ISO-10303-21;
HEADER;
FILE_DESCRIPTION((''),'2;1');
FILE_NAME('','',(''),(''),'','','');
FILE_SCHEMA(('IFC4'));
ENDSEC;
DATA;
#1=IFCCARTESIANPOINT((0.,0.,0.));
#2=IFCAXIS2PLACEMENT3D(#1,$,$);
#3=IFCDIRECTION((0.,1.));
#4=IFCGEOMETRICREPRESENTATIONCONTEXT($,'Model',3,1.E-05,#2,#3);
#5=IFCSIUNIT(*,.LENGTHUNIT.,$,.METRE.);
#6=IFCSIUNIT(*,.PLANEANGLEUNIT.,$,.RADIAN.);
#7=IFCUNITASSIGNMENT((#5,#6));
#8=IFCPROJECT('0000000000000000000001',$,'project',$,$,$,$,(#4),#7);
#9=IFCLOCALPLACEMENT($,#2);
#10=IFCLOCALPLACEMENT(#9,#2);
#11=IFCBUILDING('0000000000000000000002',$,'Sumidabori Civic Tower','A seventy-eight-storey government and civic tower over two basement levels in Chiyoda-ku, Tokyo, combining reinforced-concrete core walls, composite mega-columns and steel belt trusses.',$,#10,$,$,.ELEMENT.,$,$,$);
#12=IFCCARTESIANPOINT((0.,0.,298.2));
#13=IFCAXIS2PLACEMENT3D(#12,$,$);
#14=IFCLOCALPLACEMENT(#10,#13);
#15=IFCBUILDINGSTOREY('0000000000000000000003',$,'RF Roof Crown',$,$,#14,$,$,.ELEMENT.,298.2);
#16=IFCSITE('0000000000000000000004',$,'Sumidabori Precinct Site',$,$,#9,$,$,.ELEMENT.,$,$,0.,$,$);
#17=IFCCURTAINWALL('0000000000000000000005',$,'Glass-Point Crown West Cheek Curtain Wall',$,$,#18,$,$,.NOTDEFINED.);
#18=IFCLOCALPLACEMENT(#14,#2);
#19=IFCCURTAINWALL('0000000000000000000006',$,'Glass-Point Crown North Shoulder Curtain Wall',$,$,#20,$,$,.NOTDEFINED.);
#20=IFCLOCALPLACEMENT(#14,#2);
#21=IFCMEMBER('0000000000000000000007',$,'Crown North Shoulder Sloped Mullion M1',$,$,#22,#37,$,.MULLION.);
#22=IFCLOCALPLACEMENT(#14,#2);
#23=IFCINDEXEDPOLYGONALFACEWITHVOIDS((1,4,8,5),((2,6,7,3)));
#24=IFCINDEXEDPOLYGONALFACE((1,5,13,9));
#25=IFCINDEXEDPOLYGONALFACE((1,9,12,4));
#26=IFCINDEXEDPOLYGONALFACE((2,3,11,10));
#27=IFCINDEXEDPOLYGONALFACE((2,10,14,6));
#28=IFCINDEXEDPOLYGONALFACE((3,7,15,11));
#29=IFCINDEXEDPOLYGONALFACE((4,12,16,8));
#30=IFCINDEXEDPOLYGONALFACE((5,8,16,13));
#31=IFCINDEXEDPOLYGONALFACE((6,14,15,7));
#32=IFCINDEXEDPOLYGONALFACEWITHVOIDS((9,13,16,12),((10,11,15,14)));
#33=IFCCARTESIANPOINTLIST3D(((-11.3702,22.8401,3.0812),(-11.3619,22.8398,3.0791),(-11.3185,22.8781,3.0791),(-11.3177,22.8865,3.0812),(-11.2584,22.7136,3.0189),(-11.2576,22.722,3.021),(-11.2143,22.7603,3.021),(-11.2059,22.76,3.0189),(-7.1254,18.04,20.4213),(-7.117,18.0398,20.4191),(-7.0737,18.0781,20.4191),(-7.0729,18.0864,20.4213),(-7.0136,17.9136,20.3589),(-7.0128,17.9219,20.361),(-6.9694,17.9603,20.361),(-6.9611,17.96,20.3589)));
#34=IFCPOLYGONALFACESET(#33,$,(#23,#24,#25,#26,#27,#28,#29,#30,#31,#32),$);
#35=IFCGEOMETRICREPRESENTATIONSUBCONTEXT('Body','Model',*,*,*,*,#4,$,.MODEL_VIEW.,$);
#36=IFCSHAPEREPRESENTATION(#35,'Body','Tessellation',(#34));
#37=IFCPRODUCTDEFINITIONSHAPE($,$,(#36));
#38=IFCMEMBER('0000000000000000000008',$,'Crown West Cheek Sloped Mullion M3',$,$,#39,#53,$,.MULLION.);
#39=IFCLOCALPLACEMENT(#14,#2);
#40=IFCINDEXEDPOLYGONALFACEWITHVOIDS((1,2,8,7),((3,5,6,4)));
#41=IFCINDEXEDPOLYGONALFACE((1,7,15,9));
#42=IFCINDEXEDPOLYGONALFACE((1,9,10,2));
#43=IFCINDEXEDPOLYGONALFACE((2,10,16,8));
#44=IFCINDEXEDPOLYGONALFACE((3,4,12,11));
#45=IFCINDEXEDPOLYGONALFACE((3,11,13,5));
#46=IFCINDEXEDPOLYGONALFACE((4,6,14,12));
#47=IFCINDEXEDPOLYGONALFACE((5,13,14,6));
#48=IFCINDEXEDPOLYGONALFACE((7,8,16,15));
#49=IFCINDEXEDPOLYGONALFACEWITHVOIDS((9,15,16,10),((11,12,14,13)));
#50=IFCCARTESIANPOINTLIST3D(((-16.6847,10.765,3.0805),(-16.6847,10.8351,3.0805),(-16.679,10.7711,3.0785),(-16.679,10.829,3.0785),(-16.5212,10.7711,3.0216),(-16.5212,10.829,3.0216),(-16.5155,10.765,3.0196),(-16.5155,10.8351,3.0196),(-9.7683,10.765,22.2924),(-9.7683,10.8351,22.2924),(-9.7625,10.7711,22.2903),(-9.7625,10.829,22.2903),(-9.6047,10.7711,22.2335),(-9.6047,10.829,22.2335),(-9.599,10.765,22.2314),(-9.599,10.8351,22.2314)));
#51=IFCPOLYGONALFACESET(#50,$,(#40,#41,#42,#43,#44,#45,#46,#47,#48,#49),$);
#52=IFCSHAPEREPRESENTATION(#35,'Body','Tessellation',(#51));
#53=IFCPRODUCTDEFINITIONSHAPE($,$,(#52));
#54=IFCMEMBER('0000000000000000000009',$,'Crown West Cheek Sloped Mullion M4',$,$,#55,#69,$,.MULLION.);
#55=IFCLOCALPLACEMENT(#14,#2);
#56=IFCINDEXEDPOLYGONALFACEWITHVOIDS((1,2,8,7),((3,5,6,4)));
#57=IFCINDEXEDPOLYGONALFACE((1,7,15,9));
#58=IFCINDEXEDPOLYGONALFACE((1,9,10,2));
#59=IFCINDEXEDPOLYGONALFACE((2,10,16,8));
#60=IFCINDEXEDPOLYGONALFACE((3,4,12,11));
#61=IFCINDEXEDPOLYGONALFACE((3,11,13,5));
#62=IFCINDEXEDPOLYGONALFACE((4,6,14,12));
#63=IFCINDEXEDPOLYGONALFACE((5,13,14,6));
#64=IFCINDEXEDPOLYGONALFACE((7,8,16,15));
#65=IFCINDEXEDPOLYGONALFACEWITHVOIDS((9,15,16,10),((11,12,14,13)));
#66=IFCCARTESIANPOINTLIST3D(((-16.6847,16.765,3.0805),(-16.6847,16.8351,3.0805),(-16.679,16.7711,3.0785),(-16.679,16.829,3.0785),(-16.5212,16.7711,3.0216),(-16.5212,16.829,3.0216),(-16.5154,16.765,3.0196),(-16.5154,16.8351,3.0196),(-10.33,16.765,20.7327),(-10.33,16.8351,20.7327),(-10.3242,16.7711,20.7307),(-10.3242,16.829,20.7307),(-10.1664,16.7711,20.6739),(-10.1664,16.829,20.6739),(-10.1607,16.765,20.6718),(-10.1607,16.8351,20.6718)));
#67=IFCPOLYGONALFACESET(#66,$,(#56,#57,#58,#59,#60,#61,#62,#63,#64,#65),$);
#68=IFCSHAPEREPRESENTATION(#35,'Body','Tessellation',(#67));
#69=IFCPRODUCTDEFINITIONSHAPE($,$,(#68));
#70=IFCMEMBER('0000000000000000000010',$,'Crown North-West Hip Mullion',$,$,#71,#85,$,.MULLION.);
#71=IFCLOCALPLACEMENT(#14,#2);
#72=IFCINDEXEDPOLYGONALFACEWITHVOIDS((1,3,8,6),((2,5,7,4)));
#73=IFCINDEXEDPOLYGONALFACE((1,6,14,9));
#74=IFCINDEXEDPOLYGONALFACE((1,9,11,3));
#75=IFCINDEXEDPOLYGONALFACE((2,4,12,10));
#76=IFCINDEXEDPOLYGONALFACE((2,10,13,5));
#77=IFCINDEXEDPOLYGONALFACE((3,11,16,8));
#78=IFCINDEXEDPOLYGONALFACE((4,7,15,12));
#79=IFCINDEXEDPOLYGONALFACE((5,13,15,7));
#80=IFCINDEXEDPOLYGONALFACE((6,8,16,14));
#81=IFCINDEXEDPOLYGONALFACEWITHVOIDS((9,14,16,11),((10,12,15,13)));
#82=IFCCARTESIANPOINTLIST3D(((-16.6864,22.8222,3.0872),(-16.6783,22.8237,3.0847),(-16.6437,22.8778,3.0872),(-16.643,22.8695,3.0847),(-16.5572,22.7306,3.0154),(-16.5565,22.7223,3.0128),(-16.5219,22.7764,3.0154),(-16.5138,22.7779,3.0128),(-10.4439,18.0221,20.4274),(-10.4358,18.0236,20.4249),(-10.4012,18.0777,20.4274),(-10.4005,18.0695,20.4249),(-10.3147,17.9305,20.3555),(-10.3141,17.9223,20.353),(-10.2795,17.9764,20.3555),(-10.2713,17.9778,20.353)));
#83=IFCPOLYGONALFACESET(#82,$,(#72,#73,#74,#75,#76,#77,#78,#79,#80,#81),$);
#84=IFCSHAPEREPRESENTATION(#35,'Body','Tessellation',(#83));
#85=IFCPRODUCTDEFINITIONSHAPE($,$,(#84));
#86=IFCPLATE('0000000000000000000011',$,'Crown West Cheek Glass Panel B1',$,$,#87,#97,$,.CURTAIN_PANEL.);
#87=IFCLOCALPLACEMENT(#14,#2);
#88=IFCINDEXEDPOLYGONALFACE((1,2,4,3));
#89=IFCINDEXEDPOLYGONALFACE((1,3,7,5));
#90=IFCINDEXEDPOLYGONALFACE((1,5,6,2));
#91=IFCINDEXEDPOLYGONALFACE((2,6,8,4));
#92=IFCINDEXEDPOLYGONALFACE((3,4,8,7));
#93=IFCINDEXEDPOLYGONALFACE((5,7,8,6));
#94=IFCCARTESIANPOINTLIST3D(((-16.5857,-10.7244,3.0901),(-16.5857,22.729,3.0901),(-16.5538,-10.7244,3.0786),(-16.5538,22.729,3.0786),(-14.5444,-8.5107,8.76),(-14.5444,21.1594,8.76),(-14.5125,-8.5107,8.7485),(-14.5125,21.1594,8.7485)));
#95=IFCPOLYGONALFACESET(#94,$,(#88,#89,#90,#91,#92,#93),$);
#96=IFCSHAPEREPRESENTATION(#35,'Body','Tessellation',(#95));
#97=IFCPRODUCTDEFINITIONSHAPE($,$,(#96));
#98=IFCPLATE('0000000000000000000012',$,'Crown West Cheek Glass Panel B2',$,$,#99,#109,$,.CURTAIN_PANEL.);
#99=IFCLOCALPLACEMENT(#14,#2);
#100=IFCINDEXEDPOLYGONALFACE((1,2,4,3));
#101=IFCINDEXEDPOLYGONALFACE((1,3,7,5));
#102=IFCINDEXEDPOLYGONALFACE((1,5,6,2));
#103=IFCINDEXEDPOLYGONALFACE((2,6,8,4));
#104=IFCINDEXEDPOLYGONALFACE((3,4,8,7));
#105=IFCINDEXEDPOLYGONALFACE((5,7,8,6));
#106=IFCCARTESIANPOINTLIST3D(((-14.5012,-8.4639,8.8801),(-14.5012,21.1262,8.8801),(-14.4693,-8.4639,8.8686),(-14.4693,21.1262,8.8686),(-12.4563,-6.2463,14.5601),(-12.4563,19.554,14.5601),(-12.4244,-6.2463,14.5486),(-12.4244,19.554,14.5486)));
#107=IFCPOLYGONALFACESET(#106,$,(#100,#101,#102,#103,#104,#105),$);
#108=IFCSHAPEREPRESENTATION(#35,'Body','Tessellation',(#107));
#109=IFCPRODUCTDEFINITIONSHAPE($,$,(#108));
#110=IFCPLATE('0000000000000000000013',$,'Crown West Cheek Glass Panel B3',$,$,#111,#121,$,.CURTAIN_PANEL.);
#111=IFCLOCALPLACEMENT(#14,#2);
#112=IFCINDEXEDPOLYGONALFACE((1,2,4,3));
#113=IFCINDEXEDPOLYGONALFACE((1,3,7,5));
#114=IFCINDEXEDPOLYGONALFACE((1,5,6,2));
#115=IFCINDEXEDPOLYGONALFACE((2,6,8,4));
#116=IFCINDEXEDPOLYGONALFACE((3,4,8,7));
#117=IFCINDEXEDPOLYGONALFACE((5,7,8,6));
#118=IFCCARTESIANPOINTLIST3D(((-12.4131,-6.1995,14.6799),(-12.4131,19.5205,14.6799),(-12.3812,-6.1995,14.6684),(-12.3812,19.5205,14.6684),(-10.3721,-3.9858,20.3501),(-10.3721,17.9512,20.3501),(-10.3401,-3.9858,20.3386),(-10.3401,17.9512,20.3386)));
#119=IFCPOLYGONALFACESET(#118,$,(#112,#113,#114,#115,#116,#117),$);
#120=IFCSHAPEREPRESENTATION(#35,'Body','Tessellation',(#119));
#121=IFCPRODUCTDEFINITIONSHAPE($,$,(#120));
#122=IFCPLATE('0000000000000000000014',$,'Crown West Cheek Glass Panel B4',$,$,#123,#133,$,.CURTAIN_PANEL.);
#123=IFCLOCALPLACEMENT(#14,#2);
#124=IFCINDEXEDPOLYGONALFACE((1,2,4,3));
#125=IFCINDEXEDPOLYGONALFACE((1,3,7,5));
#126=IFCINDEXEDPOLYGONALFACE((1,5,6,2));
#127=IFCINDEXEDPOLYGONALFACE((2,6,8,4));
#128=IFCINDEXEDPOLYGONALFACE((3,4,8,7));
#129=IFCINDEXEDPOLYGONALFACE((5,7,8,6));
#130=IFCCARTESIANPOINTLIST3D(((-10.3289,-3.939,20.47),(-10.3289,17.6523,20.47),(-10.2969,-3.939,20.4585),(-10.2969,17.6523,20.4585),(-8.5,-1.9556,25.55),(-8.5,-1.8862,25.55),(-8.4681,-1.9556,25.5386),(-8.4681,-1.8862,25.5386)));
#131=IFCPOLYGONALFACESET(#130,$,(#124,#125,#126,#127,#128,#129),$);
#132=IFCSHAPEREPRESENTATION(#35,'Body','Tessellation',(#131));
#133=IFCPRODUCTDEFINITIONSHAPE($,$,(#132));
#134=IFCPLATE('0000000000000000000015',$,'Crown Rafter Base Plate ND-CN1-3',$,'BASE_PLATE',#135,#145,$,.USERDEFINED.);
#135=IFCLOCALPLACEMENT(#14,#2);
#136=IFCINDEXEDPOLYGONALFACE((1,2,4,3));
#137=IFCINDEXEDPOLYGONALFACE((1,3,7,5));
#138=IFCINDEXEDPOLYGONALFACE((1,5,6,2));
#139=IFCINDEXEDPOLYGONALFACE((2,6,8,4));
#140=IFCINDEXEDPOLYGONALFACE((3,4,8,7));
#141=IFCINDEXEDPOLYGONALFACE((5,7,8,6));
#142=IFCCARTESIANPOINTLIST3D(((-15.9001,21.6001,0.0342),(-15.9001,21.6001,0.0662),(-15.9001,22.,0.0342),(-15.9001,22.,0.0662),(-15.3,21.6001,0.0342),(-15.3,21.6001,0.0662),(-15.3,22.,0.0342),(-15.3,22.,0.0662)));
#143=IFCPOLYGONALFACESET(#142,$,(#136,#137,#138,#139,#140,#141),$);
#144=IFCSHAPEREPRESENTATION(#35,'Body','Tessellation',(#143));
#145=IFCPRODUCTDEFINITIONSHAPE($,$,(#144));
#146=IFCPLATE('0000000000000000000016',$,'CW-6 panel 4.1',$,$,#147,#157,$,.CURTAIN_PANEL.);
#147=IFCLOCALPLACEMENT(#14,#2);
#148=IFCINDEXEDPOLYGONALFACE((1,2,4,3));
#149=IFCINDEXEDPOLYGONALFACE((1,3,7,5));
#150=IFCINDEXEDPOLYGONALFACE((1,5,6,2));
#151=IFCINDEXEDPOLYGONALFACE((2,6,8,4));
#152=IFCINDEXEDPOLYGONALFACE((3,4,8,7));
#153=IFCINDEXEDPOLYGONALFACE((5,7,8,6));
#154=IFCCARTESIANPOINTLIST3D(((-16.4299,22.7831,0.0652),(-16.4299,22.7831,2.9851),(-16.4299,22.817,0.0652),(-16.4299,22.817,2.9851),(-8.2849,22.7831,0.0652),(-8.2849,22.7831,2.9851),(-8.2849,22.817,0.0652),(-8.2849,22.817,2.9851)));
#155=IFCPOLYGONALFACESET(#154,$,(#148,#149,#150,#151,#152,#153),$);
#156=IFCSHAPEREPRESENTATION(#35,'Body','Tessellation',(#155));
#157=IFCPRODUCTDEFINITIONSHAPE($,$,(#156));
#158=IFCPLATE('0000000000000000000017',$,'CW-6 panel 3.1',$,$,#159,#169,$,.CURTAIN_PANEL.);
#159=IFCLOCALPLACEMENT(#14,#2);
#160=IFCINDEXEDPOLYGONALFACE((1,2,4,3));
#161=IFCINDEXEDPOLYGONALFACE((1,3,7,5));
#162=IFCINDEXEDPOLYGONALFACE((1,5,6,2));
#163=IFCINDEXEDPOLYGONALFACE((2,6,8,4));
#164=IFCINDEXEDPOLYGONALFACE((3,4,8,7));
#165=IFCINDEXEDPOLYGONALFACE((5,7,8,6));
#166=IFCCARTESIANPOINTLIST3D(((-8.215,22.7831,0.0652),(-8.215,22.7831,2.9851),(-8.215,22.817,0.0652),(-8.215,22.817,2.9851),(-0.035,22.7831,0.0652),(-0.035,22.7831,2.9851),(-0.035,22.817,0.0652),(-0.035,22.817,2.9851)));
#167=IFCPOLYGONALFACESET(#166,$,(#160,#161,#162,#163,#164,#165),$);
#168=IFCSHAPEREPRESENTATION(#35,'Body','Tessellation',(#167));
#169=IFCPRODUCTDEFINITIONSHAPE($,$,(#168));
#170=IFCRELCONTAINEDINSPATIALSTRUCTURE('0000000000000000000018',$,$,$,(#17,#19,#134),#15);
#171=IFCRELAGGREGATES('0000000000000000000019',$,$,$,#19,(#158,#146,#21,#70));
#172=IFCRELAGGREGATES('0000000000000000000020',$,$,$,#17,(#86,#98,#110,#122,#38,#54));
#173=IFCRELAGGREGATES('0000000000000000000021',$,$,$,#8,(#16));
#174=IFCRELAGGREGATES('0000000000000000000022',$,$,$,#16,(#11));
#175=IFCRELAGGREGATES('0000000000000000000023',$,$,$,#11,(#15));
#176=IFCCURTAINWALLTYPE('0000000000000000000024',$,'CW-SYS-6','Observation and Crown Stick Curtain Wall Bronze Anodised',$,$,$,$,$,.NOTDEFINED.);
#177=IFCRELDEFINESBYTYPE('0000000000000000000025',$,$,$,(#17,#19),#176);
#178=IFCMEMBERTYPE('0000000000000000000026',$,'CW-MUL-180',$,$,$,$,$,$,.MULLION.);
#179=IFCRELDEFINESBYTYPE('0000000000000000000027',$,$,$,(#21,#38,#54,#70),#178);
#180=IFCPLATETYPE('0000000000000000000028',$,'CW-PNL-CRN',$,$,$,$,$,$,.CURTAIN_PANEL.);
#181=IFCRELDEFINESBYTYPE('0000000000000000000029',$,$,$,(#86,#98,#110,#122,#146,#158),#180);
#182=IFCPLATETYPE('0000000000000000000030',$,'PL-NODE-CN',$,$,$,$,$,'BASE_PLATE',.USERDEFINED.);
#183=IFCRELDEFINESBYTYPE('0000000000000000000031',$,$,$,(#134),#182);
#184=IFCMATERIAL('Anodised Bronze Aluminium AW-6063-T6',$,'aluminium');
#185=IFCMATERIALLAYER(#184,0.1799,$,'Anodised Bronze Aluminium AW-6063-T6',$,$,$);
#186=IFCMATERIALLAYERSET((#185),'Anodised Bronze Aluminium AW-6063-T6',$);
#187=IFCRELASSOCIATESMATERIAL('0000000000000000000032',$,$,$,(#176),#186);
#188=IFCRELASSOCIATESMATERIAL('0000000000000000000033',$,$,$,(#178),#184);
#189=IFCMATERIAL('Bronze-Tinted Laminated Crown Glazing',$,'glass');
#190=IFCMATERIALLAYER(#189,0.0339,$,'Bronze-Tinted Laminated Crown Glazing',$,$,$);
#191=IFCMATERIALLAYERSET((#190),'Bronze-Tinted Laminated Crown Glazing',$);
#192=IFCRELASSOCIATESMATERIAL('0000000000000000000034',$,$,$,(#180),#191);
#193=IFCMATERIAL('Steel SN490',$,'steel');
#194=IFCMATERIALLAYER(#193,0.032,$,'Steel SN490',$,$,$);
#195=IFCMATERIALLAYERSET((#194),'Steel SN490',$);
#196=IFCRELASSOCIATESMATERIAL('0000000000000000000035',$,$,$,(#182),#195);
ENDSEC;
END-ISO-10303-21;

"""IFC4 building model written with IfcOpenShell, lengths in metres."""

from ifc_helpers import new_model, si_unit, direction, frame, origin, origin_2d, place, context, subcontext, project, spatial, polyline, rectangle, hollow_rectangle, outline, extrude, source, transform, mapped, material, layer, layer_set, material_profile, profile_set, type_object, element, aggregate, save


model = new_model("IFC4")

# Units and contexts
model_context = context("Model", 3, precision=1e-05, world=origin(), true_north=direction((0.0, 1.0)))
body_context = subcontext(model_context, "Body", "Model", "MODEL_VIEW")
ifc_project = project(units=[si_unit("LENGTHUNIT", "METRE"), si_unit("PLANEANGLEUNIT", "RADIAN")], contexts=[model_context])

# Site, building, storey
site_placement = place(None, origin())
site = spatial("IfcSite", under=ifc_project, at=site_placement, Name="Sumidabori Precinct Site", CompositionType="ELEMENT", RefElevation=0.0)
building_placement = place(site_placement, origin())
building = spatial("IfcBuilding", under=site, at=building_placement, Name="Sumidabori Civic Tower", Description="A seventy-eight-storey government and civic tower over two basement levels in Chiyoda-ku, Tokyo, combining reinforced-concrete core walls, composite mega-columns and steel belt trusses.", CompositionType="ELEMENT")
storey_placement = place(building_placement, frame((0.0, 0.0, 298.2)))
storey = spatial("IfcBuildingStorey", under=building, at=storey_placement, Name="RF Roof Crown", CompositionType="ELEMENT", Elevation=298.2)

# Shared definitions
ifc_material_1 = material(Name="Steel SN490", Category="steel")

# Curtain walls
ifc_material_2 = material(Name="Anodised Bronze Aluminium AW-6063-T6", Category="aluminium")
ifc_layer_1 = layer(ifc_material_2, 0.1799, Name="Anodised Bronze Aluminium AW-6063-T6")
ifc_layer_set_1 = layer_set([ifc_layer_1], Name="Anodised Bronze Aluminium AW-6063-T6")
curtain_wall_type = type_object("IfcCurtainWallType", Name="CW-SYS-6", Description="Observation and Crown Stick Curtain Wall Bronze Anodised", PredefinedType="NOTDEFINED", material=ifc_layer_set_1)
curtain_wall_1_placement = place(storey_placement, origin())
curtain_wall_1 = element("IfcCurtainWall", 1, at=curtain_wall_1_placement, inside=storey, type_object=curtain_wall_type, Name="Glass-Point Crown West Cheek Curtain Wall", PredefinedType="NOTDEFINED")
ifc_material_profile_1 = material_profile(ifc_material_2, hollow_rectangle(XDim=0.0701, YDim=0.1799, WallThickness=0.0061, at=origin_2d()), Name="ALU MULLION 180x70")
ifc_profile_set_1 = profile_set([ifc_material_profile_1], Name="Anodised Bronze Aluminium AW-6063-T6")
member_type_1 = type_object("IfcMemberType", Name="CW-MUL-180", PredefinedType="MULLION", material=ifc_profile_set_1)
curtain_wall_2_placement = place(storey_placement, origin())
curtain_wall_2 = element("IfcCurtainWall", 2, at=curtain_wall_2_placement, inside=storey, type_object=curtain_wall_type, Name="Glass-Point Crown North Shoulder Curtain Wall", PredefinedType="NOTDEFINED")

# Members
shared_shape_1 = source(origin(), body_context, "Body", "SweptSolid", [
    extrude(hollow_rectangle(XDim=0.0701, YDim=0.1799, WallThickness=0.0061, at=origin_2d()), origin(), (0.0, 0.0, 1.0), 18.4861),
])
member_1_placement = place(storey_placement, frame((-11.2881, 22.8, 3.05), z_axis=(0.229624, -0.259656, 0.938004), x_axis=(0.749099, 0.662458, 0.0)))
member_1 = element("IfcMember", 3, at=member_1_placement, type_object=member_type_1, Name="Crown North Shoulder Sloped Mullion M1", PredefinedType="MULLION", context=body_context, shape_type="MappedRepresentation", body=[
    mapped(shared_shape_1, transform((0.0, 0.0, 0.0), x_axis=(1.0, 0.0, 0.0), y_axis=(0.0, 1.0, 0.0), z_axis=(0.0, 0.0, 1.0), scale=1.0)),
])
shared_shape_2 = source(origin(), body_context, "Body", "SweptSolid", [
    extrude(hollow_rectangle(XDim=0.0701, YDim=0.1799, WallThickness=0.0061, at=origin_2d()), origin(), (0.0, 0.0, 1.0), 20.4189),
])
member_2_placement = place(storey_placement, frame((-16.6001, 10.8, 3.05), z_axis=(0.338729, 0.0, 0.940884), x_axis=(0.0, 1.0, 0.0)))
member_2 = element("IfcMember", 4, at=member_2_placement, type_object=member_type_1, Name="Crown West Cheek Sloped Mullion M3", PredefinedType="MULLION", context=body_context, shape_type="MappedRepresentation", body=[
    mapped(shared_shape_2, transform((0.0, 0.0, 0.0), x_axis=(1.0, 0.0, 0.0), y_axis=(0.0, 1.0, 0.0), z_axis=(0.0, 0.0, 1.0), scale=1.0)),
])
shared_shape_3 = source(origin(), body_context, "Body", "SweptSolid", [
    extrude(hollow_rectangle(XDim=0.0701, YDim=0.1799, WallThickness=0.0061, at=origin_2d()), origin(), (0.0, 0.0, 1.0), 18.7612),
])
member_3_placement = place(storey_placement, frame((-16.6001, 16.8, 3.05), z_axis=(0.338719, 0.0, 0.940888), x_axis=(0.0, 1.0, 0.0)))
member_3 = element("IfcMember", 5, at=member_3_placement, type_object=member_type_1, Name="Crown West Cheek Sloped Mullion M4", PredefinedType="MULLION", context=body_context, shape_type="MappedRepresentation", body=[
    mapped(shared_shape_3, transform((0.0, 0.0, 0.0), x_axis=(1.0, 0.0, 0.0), y_axis=(0.0, 1.0, 0.0), z_axis=(0.0, 0.0, 1.0), scale=1.0)),
])
shared_shape_4 = source(origin(), body_context, "Body", "SweptSolid", [
    extrude(hollow_rectangle(XDim=0.0701, YDim=0.1799, WallThickness=0.0061, at=origin_2d()), origin(), (0.0, 0.0, 1.0), 19.0444),
])
member_4_placement = place(storey_placement, frame((-16.6001, 22.8, 3.05), z_axis=(0.327784, -0.252046, 0.910511), x_axis=(0.609565, 0.792736, 0.0)))
member_4 = element("IfcMember", 6, at=member_4_placement, type_object=member_type_1, Name="Crown North-West Hip Mullion", PredefinedType="MULLION", context=body_context, shape_type="MappedRepresentation", body=[
    mapped(shared_shape_4, transform((0.0, 0.0, 0.0), x_axis=(1.0, 0.0, 0.0), y_axis=(0.0, 1.0, 0.0), z_axis=(0.0, 0.0, 1.0), scale=1.0)),
])

# Plates
ifc_material_3 = material(Name="Bronze-Tinted Laminated Crown Glazing", Category="glass")
ifc_layer_2 = layer(ifc_material_3, 0.0339, Name="Bronze-Tinted Laminated Crown Glazing")
ifc_layer_set_2 = layer_set([ifc_layer_2], Name="Bronze-Tinted Laminated Crown Glazing")
plate_type_1 = type_object("IfcPlateType", Name="CW-PNL-CRN", PredefinedType="CURTAIN_PANEL", material=ifc_layer_set_2)
plate_1_placement = place(storey_placement, frame((-16.5857, 22.729, 3.0901), z_axis=(-0.940883, 0.0, 0.338732), x_axis=(0.0, -1.0, 0.0)))
plate_1 = element("IfcPlate", 7, at=plate_1_placement, type_object=plate_type_1, Name="Crown West Cheek Glass Panel B1", PredefinedType="CURTAIN_PANEL", context=body_context, shape_type="SweptSolid", body=[
    extrude(outline(polyline([(0.0, 0.0), (33.4534, 0.0), (31.2397, 6.0262), (1.5696, 6.0262), (0.0, 0.0)])), origin(), (0.0, 0.0, -1.0), 0.0339),
])
plate_2_placement = place(storey_placement, frame((-14.5012, 21.1262, 8.8801), z_axis=(-0.94088, 0.0, 0.338741), x_axis=(0.0, -1.0, 0.0)))
plate_2 = element("IfcPlate", 8, at=plate_2_placement, type_object=plate_type_1, Name="Crown West Cheek Glass Panel B2", PredefinedType="CURTAIN_PANEL", context=body_context, shape_type="SweptSolid", body=[
    extrude(outline(polyline([(0.0, 0.0), (29.5901, 0.0), (27.3726, 6.0368), (1.5723, 6.0368), (0.0, 0.0)])), origin(), (0.0, 0.0, -1.0), 0.0339),
])
plate_3_placement = place(storey_placement, frame((-12.4131, 19.5205, 14.6799), z_axis=(-0.9409, 0.0, 0.338684), x_axis=(0.0, -1.0, 0.0)))
plate_3 = element("IfcPlate", 9, at=plate_3_placement, type_object=plate_type_1, Name="Crown West Cheek Glass Panel B3", PredefinedType="CURTAIN_PANEL", context=body_context, shape_type="SweptSolid", body=[
    extrude(outline(polyline([(0.0, 0.0), (25.72, 0.0), (23.5063, 6.0263), (1.5693, 6.0263), (0.0, 0.0)])), origin(), (0.0, 0.0, -1.0), 0.0339),
])
plate_4_placement = place(storey_placement, frame((-10.3289, 17.6523, 20.47), z_axis=(-0.940886, 0.0, 0.338724), x_axis=(0.0, -1.0, 0.0)))
plate_4 = element("IfcPlate", 10, at=plate_4_placement, type_object=plate_type_1, Name="Crown West Cheek Glass Panel B4", PredefinedType="CURTAIN_PANEL", context=body_context, shape_type="SweptSolid", body=[
    extrude(outline(polyline([(0.0, 0.0), (21.5913, 0.0), (19.6079, 5.3993), (19.5386, 5.3993), (0.0, 0.0)])), origin(), (0.0, 0.0, -1.0), 0.0339),
])
ifc_layer_3 = layer(ifc_material_1, 0.032, Name="Steel SN490")
ifc_layer_set_3 = layer_set([ifc_layer_3], Name="Steel SN490")
plate_type_2 = type_object("IfcPlateType", Name="PL-NODE-CN", ElementType="BASE_PLATE", PredefinedType="USERDEFINED", material=ifc_layer_set_3)
shared_shape_5 = source(origin(), body_context, "Body", "SweptSolid", [
    extrude(rectangle(XDim=0.6001, YDim=0.3999, at=origin_2d()), origin(), (0.0, 0.0, 1.0), 0.032),
])
plate_5_placement = place(storey_placement, frame((-15.6001, 21.8, 0.0342), z_axis=(0.0, 0.0, 1.0), x_axis=(1.0, 0.0, 0.0)))
element("IfcPlate", 11, at=plate_5_placement, inside=storey, type_object=plate_type_2, Name="Crown Rafter Base Plate ND-CN1-3", ObjectType="BASE_PLATE", PredefinedType="USERDEFINED", context=body_context, shape_type="MappedRepresentation", body=[
    mapped(shared_shape_5, transform((0.0, 0.0, 0.0), x_axis=(1.0, 0.0, 0.0), y_axis=(0.0, 1.0, 0.0), z_axis=(0.0, 0.0, 1.0), scale=1.0)),
])
shared_shape_6 = source(origin(), body_context, "Body", "SweptSolid", [
    extrude(rectangle(XDim=8.145, YDim=0.0339, at=origin_2d()), origin(), (0.0, 0.0, 1.0), 2.9199),
])
plate_6_placement = place(storey_placement, frame((-12.3574, 22.8, 0.0652), z_axis=(0.0, 0.0, 1.0), x_axis=(-1.0, 0.0, 0.0)))
plate_6 = element("IfcPlate", 12, at=plate_6_placement, type_object=plate_type_1, Name="CW-6 panel 4.1", PredefinedType="CURTAIN_PANEL", context=body_context, shape_type="MappedRepresentation", body=[
    mapped(shared_shape_6, transform((0.0, 0.0, 0.0), x_axis=(1.0, 0.0, 0.0), y_axis=(0.0, 1.0, 0.0), z_axis=(0.0, 0.0, 1.0), scale=1.0)),
])
shared_shape_7 = source(origin(), body_context, "Body", "SweptSolid", [
    extrude(rectangle(XDim=8.1799, YDim=0.0339, at=origin_2d()), origin(), (0.0, 0.0, 1.0), 2.9199),
])
plate_7_placement = place(storey_placement, frame((-4.125, 22.8, 0.0652), z_axis=(0.0, 0.0, 1.0), x_axis=(-1.0, 0.0, 0.0)))
plate_7 = element("IfcPlate", 13, at=plate_7_placement, type_object=plate_type_1, Name="CW-6 panel 3.1", PredefinedType="CURTAIN_PANEL", context=body_context, shape_type="MappedRepresentation", body=[
    mapped(shared_shape_7, transform((0.0, 0.0, 0.0), x_axis=(1.0, 0.0, 0.0), y_axis=(0.0, 1.0, 0.0), z_axis=(0.0, 0.0, 1.0), scale=1.0)),
])
aggregate(curtain_wall_2, [plate_7, plate_6, member_1, member_4])
aggregate(curtain_wall_1, [plate_1, plate_2, plate_3, plate_4, member_2, member_3])

save(model, "model.ifc")
